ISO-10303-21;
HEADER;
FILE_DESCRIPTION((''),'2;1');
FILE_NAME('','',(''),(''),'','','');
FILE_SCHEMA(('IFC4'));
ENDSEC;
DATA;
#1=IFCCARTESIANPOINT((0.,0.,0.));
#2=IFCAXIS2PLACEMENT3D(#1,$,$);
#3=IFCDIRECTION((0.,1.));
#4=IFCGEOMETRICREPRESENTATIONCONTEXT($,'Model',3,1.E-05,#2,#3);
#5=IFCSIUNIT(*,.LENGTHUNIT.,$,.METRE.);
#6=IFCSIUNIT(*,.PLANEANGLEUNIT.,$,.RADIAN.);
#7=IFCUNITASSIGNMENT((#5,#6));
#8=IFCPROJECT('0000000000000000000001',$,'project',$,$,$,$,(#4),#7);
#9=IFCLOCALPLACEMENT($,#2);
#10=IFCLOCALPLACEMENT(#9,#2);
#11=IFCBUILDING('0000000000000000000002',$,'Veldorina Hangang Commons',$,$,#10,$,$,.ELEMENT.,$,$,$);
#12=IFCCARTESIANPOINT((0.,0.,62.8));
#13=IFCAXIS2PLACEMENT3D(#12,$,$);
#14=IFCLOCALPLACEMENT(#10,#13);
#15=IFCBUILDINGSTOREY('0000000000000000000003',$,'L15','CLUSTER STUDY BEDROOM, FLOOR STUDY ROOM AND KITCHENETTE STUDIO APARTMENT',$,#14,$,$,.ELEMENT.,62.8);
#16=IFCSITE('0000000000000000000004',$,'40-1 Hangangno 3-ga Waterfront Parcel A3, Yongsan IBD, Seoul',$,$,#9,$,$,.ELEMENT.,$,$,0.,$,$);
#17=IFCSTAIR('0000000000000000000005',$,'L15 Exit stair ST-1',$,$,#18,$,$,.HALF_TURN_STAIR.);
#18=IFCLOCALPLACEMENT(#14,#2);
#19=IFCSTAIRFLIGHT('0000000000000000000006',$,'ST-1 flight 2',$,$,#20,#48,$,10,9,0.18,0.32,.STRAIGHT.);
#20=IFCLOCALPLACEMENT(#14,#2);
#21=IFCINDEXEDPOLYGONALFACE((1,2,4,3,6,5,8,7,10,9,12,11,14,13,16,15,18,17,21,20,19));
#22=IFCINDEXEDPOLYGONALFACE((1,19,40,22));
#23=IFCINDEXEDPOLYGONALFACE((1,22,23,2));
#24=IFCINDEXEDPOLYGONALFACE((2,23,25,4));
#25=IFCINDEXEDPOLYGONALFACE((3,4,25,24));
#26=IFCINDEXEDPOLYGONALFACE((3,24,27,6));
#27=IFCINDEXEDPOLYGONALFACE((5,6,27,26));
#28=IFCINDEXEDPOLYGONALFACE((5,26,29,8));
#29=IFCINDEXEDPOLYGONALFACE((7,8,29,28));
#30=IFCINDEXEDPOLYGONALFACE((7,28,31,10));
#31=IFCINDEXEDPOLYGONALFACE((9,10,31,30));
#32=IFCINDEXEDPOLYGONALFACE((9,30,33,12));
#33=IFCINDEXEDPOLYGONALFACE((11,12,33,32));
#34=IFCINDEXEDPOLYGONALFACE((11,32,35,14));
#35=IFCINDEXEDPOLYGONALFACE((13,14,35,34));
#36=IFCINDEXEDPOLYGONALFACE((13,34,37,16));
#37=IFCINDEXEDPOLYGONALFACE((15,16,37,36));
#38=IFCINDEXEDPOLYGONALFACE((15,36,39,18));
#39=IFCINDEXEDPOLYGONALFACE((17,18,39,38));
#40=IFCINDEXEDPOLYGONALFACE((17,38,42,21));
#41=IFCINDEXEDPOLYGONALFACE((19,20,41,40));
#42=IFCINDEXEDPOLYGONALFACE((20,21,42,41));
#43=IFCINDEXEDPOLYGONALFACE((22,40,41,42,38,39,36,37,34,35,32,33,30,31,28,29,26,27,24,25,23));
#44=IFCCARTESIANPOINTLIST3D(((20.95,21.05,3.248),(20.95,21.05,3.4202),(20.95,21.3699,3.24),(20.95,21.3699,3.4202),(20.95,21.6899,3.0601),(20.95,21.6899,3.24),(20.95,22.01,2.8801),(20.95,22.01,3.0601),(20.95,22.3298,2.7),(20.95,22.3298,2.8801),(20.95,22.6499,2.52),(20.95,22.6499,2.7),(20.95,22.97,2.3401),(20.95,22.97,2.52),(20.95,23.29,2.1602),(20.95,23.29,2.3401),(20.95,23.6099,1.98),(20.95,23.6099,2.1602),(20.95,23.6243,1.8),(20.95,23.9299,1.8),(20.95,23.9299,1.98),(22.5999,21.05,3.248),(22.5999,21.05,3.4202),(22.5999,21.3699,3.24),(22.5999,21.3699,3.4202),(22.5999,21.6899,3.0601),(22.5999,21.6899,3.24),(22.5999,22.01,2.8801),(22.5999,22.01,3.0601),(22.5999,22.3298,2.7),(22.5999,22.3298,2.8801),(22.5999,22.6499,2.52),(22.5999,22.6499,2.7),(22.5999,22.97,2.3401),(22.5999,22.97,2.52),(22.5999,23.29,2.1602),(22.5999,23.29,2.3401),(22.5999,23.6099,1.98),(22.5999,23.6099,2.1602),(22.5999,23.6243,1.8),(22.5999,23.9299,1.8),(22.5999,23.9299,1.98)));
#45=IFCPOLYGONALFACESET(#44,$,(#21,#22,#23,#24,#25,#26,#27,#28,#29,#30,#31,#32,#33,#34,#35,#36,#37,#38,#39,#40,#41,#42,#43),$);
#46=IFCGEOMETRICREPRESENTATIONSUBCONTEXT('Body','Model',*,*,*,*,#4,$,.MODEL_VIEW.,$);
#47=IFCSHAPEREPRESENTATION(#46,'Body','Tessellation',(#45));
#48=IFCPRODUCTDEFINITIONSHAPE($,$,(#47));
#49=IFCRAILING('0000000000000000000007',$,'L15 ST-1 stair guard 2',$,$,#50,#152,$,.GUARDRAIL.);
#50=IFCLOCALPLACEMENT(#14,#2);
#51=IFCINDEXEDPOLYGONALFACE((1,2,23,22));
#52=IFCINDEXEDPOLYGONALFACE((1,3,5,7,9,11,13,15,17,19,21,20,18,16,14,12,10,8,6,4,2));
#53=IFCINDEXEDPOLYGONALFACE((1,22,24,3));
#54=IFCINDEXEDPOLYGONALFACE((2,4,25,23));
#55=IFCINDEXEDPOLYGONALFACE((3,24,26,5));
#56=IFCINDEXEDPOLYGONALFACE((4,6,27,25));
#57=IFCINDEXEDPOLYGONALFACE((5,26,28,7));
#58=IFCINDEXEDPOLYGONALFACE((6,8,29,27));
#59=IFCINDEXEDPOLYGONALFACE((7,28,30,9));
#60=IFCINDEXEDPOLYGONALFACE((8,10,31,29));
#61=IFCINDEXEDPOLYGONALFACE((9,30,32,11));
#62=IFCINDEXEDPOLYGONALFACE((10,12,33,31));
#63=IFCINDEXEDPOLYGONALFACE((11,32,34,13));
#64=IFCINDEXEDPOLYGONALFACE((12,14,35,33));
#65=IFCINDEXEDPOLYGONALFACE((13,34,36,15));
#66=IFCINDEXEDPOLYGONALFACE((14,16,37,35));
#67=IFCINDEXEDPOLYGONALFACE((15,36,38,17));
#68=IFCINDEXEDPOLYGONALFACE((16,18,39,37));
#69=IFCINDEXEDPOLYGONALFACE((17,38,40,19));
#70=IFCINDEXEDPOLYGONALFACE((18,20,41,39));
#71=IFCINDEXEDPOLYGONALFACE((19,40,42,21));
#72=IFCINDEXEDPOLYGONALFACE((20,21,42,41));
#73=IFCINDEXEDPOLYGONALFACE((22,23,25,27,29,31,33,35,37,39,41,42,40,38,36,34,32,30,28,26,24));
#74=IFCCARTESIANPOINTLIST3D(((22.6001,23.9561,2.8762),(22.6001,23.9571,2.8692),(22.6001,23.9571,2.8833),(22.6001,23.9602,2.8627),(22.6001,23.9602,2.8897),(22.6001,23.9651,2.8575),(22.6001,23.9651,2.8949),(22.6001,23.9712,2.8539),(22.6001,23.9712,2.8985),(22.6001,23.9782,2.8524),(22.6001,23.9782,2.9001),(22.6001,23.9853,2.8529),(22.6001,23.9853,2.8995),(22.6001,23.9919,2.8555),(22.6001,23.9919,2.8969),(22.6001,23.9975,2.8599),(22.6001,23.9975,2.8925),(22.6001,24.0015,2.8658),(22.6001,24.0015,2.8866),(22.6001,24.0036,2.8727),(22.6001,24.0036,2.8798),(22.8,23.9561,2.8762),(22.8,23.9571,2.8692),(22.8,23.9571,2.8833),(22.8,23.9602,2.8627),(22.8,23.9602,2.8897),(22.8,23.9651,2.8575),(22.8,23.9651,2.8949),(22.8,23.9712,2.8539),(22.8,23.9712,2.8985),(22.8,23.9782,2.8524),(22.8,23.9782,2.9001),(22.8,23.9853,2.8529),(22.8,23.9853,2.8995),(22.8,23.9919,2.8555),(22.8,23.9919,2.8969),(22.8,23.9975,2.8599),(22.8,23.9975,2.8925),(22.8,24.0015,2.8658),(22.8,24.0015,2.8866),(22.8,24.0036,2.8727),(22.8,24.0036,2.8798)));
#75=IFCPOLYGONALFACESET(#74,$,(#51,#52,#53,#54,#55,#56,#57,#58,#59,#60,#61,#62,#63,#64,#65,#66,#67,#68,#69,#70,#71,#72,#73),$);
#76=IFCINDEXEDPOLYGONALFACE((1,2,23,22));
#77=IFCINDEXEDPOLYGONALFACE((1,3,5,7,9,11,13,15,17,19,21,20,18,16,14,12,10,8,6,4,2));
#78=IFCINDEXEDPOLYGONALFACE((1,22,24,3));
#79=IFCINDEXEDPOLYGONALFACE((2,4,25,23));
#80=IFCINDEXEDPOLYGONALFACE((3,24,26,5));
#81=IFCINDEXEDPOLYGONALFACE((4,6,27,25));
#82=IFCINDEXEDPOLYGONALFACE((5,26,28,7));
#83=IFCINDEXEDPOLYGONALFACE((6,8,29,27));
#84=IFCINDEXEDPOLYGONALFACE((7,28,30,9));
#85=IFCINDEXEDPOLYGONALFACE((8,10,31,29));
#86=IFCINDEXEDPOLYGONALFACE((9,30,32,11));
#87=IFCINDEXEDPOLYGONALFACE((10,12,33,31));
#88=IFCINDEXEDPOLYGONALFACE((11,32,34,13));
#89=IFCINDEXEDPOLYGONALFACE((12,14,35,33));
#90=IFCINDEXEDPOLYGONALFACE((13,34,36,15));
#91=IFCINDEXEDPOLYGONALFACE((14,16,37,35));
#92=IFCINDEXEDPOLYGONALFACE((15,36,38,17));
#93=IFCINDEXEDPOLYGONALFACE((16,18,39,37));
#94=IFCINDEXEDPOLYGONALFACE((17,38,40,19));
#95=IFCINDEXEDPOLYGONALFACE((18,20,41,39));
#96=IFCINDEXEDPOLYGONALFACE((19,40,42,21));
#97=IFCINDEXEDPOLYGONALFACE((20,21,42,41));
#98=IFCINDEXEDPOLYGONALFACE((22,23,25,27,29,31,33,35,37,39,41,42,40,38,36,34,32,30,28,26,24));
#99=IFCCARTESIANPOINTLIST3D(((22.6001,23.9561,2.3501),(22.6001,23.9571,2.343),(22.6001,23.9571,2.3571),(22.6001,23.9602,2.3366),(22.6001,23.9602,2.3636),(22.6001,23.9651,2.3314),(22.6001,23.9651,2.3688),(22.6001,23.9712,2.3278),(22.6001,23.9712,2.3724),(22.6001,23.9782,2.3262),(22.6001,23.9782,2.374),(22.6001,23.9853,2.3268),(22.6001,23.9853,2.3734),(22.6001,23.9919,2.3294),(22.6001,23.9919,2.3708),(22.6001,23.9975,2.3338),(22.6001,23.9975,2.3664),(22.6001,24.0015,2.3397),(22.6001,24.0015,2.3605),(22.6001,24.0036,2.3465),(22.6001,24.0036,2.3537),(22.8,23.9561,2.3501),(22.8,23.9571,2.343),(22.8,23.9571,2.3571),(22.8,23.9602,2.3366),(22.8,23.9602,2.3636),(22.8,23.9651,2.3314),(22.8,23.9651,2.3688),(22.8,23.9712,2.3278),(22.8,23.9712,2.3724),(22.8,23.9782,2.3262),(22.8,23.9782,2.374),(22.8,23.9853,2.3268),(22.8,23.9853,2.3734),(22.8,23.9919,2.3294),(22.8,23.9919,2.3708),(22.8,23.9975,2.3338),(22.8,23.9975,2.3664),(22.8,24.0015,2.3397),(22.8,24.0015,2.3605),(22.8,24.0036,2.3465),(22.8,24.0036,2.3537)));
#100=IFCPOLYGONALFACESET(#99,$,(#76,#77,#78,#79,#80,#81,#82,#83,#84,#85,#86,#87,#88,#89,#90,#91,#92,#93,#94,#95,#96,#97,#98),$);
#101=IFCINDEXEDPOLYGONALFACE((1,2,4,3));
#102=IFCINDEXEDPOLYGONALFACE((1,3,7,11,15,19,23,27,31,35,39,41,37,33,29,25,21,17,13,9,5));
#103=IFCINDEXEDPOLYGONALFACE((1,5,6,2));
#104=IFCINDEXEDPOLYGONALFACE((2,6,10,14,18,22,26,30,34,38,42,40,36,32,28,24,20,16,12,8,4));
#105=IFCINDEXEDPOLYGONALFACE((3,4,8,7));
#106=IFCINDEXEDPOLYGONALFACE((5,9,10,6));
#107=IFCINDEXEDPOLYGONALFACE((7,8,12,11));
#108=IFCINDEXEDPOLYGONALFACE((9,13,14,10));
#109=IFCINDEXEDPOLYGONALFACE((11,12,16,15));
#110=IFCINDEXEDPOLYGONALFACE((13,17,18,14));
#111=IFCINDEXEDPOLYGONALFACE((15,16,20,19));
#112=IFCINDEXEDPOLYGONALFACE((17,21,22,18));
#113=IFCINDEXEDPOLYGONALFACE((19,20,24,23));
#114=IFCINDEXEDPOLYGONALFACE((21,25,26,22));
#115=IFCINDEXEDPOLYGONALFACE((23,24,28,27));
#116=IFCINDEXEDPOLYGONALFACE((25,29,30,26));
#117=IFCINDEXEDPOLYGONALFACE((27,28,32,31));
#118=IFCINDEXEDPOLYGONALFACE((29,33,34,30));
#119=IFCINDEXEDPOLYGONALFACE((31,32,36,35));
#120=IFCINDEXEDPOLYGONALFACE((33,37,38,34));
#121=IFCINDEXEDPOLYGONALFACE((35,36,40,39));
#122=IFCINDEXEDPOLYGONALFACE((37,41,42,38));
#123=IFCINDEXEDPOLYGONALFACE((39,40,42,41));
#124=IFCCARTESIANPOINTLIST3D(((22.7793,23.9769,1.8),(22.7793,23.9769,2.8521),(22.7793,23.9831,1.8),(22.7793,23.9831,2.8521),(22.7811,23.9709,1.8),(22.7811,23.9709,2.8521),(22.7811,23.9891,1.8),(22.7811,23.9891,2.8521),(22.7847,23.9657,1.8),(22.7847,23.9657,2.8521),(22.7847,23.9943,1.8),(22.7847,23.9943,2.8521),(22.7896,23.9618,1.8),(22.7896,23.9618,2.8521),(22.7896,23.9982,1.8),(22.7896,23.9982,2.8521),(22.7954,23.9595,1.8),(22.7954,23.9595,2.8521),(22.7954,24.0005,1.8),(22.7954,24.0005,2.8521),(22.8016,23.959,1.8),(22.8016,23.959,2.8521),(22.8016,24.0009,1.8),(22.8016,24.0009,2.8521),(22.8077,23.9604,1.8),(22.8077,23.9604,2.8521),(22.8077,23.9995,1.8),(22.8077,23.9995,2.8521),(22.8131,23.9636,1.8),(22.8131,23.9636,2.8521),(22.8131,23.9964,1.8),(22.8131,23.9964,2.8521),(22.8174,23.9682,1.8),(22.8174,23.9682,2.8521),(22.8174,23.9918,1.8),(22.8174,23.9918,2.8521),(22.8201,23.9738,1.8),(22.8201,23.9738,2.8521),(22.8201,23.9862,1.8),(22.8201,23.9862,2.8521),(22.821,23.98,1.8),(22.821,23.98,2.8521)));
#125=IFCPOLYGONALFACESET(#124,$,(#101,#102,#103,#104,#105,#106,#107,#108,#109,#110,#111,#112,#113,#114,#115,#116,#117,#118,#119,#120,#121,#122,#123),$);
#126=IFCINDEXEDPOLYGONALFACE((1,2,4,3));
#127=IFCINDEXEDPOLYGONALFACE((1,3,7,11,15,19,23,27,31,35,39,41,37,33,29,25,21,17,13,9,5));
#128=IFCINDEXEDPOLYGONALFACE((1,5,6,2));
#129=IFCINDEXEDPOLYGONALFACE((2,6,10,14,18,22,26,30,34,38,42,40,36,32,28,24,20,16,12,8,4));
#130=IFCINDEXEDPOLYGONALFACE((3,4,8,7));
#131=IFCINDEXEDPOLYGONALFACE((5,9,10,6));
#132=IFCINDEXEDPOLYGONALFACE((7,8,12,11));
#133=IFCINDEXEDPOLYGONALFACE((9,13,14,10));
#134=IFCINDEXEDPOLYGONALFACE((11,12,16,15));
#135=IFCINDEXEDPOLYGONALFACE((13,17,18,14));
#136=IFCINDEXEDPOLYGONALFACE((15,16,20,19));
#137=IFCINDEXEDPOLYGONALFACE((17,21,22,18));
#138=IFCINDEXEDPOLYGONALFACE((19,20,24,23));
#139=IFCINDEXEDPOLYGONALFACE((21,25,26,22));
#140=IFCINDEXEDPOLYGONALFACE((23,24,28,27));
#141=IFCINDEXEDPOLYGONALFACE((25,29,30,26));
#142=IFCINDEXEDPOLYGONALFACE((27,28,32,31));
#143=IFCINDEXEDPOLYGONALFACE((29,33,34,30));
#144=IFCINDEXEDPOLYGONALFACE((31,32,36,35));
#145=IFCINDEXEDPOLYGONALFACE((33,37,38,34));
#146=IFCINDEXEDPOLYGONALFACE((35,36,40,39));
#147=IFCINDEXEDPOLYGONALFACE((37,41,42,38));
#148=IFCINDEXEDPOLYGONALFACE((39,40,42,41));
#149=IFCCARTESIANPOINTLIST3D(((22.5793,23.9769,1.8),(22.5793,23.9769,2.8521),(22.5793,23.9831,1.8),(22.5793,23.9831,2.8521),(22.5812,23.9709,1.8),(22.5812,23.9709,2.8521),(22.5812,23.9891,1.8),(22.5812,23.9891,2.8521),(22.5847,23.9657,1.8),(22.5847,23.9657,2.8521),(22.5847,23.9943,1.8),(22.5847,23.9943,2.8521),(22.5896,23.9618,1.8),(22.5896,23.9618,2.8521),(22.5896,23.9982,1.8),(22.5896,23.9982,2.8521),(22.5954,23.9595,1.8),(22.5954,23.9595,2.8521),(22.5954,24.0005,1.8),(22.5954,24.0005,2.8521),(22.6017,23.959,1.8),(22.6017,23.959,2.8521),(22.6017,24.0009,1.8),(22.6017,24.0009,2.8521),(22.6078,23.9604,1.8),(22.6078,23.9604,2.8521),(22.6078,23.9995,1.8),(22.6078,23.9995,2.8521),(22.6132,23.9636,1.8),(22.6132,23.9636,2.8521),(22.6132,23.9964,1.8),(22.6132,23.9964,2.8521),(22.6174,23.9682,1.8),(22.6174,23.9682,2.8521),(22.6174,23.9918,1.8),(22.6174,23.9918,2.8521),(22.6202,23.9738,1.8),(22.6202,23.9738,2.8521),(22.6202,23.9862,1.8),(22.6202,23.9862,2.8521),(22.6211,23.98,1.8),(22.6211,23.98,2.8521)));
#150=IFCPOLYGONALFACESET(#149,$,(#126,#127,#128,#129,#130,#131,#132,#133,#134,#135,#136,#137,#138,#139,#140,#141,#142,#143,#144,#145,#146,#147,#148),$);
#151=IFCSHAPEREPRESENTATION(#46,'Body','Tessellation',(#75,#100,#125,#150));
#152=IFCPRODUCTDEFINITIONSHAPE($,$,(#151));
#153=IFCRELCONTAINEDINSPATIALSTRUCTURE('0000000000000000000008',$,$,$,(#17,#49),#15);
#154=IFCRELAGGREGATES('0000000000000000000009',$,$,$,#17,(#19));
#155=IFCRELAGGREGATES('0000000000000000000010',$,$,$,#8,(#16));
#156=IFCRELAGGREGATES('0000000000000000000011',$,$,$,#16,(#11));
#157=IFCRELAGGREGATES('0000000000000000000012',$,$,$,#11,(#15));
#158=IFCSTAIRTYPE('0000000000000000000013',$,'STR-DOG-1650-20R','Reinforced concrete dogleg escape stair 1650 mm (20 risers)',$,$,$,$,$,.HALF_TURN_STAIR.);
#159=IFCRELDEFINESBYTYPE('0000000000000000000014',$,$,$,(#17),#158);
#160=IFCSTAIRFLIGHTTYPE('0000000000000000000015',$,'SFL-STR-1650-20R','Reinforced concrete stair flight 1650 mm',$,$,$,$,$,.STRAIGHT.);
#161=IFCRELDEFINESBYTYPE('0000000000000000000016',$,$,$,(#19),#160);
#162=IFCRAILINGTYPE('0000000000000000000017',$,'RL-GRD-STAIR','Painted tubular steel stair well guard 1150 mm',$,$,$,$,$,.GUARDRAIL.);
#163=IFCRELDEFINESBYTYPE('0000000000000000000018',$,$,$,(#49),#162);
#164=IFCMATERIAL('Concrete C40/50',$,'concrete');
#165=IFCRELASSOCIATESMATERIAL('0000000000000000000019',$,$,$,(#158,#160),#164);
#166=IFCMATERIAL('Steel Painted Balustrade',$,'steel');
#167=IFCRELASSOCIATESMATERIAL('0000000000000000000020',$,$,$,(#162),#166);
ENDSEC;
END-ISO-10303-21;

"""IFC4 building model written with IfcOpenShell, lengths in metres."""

from ifc_helpers import new_model, si_unit, direction, frame, origin, origin_2d, place, context, subcontext, project, spatial, polyline, circle, outline, extrude, material, type_object, element, aggregate, save


model = new_model("IFC4")

# Units and contexts
model_context = context("Model", 3, precision=1e-05, world=origin(), true_north=direction((0.0, 1.0)))
body_context = subcontext(model_context, "Body", "Model", "MODEL_VIEW")
ifc_project = project(units=[si_unit("LENGTHUNIT", "METRE"), si_unit("PLANEANGLEUNIT", "RADIAN")], contexts=[model_context])

# Site, building, storey
site_placement = place(None, origin())
site = spatial("IfcSite", under=ifc_project, at=site_placement, Name="40-1 Hangangno 3-ga Waterfront Parcel A3, Yongsan IBD, Seoul", CompositionType="ELEMENT", RefElevation=0.0)
building_placement = place(site_placement, origin())
building = spatial("IfcBuilding", under=site, at=building_placement, Name="Veldorina Hangang Commons", CompositionType="ELEMENT")
storey_placement = place(building_placement, frame((0.0, 0.0, 62.8)))
storey = spatial("IfcBuildingStorey", under=building, at=storey_placement, Name="L15", Description="CLUSTER STUDY BEDROOM, FLOOR STUDY ROOM AND KITCHENETTE STUDIO APARTMENT", CompositionType="ELEMENT", Elevation=62.8)

# Stair, stair flight
ifc_material_1 = material(Name="Concrete C40/50", Category="concrete")
stair_type = type_object("IfcStairType", Name="STR-DOG-1650-20R", Description="Reinforced concrete dogleg escape stair 1650 mm (20 risers)", PredefinedType="HALF_TURN_STAIR", material=ifc_material_1)
stair_placement = place(storey_placement, origin())
stair = element("IfcStair", 1, at=stair_placement, inside=storey, type_object=stair_type, Name="L15 Exit stair ST-1", PredefinedType="HALF_TURN_STAIR")
stair_flight_type = type_object("IfcStairFlightType", Name="SFL-STR-1650-20R", Description="Reinforced concrete stair flight 1650 mm", PredefinedType="STRAIGHT", material=ifc_material_1)
stair_flight_1_placement = place(storey_placement, frame((21.7749, 23.9299, 1.8), z_axis=(0.0, 0.0, 1.0), x_axis=(0.0, -1.0, 0.0)))
stair_flight_1 = element("IfcStairFlight", 2, at=stair_flight_1_placement, type_object=stair_flight_type, Name="ST-1 flight 2", NumberOfRisers=10, NumberOfTreads=9, PredefinedType="STRAIGHT", RiserHeight=0.18, TreadLength=0.32, context=body_context, shape_type="SweptSolid", body=[
    extrude(outline(polyline([(0.0, 0.0), (0.0, 0.1799), (0.3201, 0.1799), (0.3201, 0.3601), (0.6399, 0.3601), (0.6399, 0.54), (0.96, 0.54), (0.96, 0.72), (1.28, 0.72), (1.28, 0.8999), (1.6001, 0.8999), (1.6001, 1.0801), (1.9199, 1.0801), (1.9199, 1.26), (2.24, 1.26), (2.24, 1.4399), (2.5601, 1.4399), (2.5601, 1.6201), (2.8799, 1.6201), (2.8799, 1.8), (2.8799, 1.448), (0.3057, 0.0), (0.0, 0.0)])), frame((0.0, 0.825, 0.0), z_axis=(0.0, -1.0, 0.0), x_axis=(1.0, 0.0, 0.0)), (0.0, 0.0, 1.0), 1.6499),
])
aggregate(stair, [stair_flight_1])

# Railing
ifc_material_2 = material(Name="Steel Painted Balustrade", Category="steel")
railing_type_1 = type_object("IfcRailingType", Name="RL-GRD-STAIR", Description="Painted tubular steel stair well guard 1150 mm", PredefinedType="GUARDRAIL", material=ifc_material_2)
railing_1_placement = place(storey_placement, frame((22.8, 23.98, 1.8)))
element("IfcRailing", 3, at=railing_1_placement, inside=storey, type_object=railing_type_1, Name="L15 ST-1 stair guard 2", PredefinedType="GUARDRAIL", context=body_context, shape_type="SweptSolid", body=[
    extrude(circle(Radius=0.0239, at=origin_2d()), frame((0.0, 0.0, 1.0762), z_axis=(-1.0, 0.0, 0.0), x_axis=(0.0, -1.0, 0.0)), (0.0, 0.0, 1.0), 0.2),
    extrude(circle(Radius=0.0239, at=origin_2d()), frame((0.0, 0.0, 0.55), z_axis=(-1.0, 0.0, 0.0), x_axis=(0.0, -1.0, 0.0)), (0.0, 0.0, 1.0), 0.2),
    extrude(circle(Radius=0.021, at=origin_2d()), origin(), (0.0, 0.0, 1.0), 1.052),
    extrude(circle(Radius=0.021, at=origin_2d()), frame((-0.2, 0.0, 0.0)), (0.0, 0.0, 1.0), 1.052),
])

save(model, "model.ifc")
